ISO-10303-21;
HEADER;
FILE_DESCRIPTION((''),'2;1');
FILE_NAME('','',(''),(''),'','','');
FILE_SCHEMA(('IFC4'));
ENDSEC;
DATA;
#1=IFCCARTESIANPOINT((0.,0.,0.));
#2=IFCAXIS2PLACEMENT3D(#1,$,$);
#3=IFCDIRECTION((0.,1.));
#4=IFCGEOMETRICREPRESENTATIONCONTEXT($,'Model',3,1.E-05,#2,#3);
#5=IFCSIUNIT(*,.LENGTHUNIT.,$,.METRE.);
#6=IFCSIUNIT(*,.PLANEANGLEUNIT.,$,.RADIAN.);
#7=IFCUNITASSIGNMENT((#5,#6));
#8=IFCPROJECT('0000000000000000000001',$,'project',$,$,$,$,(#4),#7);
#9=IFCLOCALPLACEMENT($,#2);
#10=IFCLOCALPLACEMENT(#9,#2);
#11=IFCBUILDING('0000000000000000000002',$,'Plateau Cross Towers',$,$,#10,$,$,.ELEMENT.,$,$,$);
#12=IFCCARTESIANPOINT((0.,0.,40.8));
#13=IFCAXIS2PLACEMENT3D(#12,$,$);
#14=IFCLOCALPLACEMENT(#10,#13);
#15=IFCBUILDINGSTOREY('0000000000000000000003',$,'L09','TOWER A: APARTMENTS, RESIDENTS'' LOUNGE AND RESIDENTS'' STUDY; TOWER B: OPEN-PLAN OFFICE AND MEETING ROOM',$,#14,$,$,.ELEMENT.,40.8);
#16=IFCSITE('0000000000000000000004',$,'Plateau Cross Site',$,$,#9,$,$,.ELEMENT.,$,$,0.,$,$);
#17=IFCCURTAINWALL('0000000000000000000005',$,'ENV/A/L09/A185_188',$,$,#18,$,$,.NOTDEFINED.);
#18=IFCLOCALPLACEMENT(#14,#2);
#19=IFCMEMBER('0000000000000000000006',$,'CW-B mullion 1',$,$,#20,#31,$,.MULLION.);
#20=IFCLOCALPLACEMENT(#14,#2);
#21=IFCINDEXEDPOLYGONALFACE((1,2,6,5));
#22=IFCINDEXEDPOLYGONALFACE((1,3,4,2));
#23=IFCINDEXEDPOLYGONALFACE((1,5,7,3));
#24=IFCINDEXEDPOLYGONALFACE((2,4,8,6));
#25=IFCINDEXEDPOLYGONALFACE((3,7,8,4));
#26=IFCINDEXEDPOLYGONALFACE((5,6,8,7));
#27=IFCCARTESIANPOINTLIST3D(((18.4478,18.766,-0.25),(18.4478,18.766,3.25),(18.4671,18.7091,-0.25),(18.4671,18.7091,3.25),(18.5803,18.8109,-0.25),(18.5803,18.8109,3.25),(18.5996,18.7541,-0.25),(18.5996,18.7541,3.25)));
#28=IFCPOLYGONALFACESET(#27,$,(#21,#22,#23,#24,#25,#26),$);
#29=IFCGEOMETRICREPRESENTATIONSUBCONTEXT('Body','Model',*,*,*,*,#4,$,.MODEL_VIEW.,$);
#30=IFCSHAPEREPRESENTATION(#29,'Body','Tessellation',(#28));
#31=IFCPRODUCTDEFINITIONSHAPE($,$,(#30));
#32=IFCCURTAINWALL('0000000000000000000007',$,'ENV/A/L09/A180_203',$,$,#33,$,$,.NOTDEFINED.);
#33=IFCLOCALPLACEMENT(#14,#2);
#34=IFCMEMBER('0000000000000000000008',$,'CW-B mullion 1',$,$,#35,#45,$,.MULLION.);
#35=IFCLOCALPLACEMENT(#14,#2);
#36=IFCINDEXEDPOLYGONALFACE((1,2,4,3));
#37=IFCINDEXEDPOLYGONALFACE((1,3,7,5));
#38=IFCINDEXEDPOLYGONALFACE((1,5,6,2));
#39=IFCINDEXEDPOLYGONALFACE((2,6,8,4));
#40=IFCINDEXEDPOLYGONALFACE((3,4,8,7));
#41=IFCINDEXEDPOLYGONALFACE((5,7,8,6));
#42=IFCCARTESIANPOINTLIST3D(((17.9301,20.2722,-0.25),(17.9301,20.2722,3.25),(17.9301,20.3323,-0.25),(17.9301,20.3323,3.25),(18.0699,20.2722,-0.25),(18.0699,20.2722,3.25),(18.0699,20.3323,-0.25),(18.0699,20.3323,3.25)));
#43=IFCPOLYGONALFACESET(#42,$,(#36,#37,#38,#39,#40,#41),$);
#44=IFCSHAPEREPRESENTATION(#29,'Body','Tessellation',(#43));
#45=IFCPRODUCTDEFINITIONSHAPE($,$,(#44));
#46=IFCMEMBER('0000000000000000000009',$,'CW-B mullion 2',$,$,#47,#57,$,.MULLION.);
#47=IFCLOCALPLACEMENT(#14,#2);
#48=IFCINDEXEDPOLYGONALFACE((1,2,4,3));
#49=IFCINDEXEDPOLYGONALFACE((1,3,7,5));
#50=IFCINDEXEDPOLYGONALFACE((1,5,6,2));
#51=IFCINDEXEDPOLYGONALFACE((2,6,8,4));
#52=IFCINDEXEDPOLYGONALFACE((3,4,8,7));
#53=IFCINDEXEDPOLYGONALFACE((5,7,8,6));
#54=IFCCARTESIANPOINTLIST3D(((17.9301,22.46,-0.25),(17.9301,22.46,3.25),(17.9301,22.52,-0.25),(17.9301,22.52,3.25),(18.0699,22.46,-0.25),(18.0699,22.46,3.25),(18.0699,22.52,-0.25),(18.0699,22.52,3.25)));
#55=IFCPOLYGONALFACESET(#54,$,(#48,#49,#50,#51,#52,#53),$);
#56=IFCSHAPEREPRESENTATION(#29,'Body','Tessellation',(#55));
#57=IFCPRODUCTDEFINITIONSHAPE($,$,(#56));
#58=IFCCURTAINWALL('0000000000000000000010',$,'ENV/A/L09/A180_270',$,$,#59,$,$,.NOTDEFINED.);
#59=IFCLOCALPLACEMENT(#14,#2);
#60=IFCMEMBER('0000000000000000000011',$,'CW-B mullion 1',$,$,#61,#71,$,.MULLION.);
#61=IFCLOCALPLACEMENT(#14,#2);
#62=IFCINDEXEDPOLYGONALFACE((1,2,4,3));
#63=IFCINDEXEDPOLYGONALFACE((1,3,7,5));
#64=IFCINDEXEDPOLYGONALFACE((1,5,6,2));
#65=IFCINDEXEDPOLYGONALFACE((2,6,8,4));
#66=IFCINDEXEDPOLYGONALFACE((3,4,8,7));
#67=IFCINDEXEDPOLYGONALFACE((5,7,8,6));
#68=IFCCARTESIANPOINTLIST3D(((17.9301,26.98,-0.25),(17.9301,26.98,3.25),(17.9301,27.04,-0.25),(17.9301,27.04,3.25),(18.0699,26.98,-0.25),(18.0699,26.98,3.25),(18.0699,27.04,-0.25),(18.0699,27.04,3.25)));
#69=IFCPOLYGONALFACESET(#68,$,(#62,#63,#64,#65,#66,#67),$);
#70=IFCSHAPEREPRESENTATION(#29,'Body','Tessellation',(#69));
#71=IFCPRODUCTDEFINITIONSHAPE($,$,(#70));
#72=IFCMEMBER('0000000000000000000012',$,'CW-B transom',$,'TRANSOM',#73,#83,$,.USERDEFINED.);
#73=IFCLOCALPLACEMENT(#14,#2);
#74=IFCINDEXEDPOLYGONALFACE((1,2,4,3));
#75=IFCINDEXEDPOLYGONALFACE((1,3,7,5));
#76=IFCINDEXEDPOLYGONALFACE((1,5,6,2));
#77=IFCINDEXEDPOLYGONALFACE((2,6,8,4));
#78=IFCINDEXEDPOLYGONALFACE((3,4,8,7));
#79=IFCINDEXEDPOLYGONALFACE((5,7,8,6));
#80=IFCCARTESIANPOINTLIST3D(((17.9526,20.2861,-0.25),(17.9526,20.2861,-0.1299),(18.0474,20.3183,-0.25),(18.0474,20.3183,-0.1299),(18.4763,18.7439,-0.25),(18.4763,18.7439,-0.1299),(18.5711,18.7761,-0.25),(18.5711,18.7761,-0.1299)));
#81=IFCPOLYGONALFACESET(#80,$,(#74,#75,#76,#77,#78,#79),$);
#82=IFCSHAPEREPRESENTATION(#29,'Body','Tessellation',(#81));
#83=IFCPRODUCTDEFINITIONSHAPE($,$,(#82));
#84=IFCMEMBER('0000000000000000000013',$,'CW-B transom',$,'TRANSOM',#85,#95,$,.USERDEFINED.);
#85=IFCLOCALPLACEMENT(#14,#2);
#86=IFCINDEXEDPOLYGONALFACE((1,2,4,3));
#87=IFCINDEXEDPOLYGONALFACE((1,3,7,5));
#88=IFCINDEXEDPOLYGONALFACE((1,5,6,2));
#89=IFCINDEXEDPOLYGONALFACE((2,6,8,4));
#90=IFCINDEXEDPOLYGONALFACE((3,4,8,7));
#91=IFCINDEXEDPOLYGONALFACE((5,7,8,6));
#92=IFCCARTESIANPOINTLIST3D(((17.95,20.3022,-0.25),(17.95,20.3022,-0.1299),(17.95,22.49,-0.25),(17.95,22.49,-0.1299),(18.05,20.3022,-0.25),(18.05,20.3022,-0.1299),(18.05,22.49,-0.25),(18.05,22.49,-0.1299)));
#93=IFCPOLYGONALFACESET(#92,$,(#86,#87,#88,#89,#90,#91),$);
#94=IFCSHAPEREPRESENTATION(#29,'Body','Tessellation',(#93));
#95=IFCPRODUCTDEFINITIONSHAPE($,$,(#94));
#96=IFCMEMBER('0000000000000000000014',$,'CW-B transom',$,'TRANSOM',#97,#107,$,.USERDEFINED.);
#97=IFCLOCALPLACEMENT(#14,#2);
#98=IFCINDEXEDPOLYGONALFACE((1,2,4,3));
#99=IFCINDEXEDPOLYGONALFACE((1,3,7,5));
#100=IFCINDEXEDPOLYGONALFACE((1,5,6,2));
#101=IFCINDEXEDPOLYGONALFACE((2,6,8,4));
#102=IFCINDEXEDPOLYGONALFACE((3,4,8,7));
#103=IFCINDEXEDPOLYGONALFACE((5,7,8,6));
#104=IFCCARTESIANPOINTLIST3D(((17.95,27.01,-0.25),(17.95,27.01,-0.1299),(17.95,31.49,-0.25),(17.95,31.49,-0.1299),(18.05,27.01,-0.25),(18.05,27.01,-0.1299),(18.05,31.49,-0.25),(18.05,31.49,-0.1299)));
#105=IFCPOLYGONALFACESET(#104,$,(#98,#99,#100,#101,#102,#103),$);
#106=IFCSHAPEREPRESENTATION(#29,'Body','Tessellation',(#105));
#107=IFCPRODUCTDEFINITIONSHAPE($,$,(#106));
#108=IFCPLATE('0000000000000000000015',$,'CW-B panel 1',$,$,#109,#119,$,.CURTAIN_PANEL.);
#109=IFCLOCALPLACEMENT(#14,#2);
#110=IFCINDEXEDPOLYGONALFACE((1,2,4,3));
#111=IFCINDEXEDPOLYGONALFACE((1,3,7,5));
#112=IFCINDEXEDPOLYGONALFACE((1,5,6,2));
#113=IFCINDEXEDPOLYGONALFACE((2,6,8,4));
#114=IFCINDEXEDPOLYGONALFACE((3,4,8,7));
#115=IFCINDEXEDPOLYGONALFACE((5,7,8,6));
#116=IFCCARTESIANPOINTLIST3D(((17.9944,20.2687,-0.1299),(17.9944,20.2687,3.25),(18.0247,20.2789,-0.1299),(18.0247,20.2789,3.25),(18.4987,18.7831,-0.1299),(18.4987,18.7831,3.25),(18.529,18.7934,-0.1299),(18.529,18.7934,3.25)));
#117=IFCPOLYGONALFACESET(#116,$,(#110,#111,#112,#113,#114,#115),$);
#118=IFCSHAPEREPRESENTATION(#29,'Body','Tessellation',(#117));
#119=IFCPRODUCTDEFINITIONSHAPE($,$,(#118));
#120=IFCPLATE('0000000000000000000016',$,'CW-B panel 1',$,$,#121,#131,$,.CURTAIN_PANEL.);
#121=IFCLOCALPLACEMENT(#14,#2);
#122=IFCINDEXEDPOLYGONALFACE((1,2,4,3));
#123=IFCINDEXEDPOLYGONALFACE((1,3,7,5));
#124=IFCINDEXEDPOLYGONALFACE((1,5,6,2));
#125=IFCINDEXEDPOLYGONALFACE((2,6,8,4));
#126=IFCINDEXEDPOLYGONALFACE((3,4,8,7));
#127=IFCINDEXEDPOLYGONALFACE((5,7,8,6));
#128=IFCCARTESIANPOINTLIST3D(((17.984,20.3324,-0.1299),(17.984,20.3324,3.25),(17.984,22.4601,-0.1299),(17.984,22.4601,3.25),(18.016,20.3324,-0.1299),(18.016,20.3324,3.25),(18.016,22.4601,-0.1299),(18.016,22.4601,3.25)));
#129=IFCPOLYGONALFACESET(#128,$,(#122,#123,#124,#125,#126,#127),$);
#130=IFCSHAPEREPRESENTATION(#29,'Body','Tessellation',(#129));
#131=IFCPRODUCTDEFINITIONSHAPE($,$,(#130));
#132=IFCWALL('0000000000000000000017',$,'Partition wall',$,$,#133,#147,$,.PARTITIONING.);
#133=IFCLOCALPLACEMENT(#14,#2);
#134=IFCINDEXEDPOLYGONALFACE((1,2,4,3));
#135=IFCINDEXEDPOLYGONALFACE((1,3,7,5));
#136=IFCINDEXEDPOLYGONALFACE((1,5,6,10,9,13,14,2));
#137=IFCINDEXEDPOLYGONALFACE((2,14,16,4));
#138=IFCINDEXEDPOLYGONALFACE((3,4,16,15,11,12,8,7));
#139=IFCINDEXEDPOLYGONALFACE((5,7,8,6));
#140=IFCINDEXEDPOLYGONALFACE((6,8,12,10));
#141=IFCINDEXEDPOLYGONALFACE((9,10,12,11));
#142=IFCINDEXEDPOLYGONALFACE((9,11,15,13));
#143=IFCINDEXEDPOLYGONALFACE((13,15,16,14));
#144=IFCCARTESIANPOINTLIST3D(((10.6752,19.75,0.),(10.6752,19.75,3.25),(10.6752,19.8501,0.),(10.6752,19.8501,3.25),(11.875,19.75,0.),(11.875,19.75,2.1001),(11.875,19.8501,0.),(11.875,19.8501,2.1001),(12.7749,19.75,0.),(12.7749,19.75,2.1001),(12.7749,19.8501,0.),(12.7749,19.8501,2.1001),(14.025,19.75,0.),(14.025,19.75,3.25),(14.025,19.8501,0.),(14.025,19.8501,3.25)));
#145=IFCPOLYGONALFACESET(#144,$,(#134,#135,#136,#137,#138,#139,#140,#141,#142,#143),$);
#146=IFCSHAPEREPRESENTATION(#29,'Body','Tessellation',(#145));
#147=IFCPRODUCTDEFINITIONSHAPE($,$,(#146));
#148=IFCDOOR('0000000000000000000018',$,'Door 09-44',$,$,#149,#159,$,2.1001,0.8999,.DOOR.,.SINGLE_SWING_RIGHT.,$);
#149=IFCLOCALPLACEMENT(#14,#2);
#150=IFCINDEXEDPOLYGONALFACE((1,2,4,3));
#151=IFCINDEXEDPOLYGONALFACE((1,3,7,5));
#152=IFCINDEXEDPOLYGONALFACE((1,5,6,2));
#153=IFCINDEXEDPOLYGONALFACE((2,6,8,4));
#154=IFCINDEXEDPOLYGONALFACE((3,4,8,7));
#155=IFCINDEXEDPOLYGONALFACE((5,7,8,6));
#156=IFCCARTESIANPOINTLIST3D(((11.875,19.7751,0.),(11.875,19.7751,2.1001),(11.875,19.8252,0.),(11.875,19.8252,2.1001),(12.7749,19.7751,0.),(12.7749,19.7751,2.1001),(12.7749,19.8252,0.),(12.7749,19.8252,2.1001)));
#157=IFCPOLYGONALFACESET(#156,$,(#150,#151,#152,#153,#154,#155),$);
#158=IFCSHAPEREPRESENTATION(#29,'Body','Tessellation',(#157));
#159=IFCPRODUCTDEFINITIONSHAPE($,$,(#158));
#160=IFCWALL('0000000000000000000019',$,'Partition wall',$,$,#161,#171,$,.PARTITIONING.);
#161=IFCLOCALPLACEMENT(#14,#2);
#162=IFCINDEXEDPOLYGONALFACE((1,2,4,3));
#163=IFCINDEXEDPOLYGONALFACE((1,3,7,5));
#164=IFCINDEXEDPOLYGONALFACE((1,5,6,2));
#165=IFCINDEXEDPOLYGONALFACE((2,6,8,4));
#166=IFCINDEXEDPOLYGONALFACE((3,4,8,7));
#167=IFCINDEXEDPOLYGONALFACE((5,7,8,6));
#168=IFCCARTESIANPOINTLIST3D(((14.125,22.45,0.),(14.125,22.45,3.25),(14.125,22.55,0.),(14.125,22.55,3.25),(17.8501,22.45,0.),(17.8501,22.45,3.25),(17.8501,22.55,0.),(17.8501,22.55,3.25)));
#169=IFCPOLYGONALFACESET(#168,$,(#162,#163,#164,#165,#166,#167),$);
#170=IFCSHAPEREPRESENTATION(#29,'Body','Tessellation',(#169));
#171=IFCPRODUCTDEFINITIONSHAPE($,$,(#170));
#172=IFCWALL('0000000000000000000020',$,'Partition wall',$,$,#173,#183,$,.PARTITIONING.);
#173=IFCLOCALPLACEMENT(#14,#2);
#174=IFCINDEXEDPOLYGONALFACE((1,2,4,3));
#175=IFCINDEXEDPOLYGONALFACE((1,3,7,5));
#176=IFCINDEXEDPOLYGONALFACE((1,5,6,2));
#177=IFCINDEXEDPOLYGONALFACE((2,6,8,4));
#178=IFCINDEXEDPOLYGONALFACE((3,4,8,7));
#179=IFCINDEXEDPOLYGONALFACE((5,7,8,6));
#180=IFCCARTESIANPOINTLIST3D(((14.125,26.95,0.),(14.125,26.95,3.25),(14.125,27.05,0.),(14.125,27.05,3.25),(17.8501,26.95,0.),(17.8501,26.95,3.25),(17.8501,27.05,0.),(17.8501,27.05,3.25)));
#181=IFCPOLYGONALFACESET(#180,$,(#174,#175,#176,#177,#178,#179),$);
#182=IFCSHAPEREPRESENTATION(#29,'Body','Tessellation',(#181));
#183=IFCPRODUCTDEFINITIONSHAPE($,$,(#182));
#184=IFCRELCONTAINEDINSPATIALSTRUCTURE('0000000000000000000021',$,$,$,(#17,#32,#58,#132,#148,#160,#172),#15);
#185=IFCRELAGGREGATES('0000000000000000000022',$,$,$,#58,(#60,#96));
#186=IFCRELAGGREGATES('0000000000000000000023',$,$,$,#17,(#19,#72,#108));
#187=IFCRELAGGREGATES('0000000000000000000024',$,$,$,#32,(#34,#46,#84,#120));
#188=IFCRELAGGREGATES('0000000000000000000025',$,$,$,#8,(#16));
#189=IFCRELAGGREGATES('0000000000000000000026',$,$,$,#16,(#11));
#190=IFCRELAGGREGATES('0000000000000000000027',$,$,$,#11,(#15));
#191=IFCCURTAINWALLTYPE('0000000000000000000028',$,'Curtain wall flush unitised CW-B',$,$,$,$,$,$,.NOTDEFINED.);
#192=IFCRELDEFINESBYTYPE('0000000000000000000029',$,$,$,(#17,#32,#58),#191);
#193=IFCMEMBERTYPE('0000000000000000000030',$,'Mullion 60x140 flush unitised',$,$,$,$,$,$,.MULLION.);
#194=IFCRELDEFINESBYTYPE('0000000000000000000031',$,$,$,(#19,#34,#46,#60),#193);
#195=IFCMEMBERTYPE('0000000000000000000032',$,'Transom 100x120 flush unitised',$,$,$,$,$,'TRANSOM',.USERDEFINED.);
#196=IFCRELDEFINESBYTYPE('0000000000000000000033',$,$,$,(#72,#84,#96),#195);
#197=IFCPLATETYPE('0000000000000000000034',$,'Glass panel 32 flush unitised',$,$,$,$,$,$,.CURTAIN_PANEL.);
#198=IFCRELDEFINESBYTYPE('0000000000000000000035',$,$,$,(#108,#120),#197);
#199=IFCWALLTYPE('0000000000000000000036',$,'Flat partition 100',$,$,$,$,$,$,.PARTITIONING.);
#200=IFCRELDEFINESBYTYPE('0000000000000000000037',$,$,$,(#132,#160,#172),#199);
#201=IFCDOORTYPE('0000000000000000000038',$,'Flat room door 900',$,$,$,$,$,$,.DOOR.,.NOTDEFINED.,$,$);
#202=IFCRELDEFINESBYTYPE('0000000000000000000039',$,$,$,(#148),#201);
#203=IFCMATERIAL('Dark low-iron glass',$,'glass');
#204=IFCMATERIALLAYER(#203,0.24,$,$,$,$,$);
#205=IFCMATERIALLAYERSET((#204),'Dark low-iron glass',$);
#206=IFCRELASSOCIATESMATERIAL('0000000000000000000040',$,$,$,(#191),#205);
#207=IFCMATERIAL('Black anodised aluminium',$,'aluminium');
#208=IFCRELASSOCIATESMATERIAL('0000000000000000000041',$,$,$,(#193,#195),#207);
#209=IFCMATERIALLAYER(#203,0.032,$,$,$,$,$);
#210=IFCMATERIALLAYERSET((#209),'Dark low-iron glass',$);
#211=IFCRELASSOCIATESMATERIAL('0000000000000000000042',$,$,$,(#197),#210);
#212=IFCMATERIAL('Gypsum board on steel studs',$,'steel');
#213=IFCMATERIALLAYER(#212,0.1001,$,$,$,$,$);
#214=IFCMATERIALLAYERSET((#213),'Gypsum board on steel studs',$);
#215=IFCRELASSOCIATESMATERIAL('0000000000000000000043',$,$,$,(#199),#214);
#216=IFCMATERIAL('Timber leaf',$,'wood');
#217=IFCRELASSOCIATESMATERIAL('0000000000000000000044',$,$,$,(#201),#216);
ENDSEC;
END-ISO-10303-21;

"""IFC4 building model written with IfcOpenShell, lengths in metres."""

from ifc_helpers import new_model, si_unit, direction, frame, frame_2d, origin, origin_2d, place, context, subcontext, project, spatial, rectangle, extrude, material, layer, layer_set, material_profile, profile_set, type_object, element, fill, aggregate, save


model = new_model("IFC4")

# Units and contexts
model_context = context("Model", 3, precision=1e-05, world=origin(), true_north=direction((0.0, 1.0)))
body_context = subcontext(model_context, "Body", "Model", "MODEL_VIEW")
ifc_project = project(units=[si_unit("LENGTHUNIT", "METRE"), si_unit("PLANEANGLEUNIT", "RADIAN")], contexts=[model_context])

# Site, building, storey
site_placement = place(None, origin())
site = spatial("IfcSite", under=ifc_project, at=site_placement, Name="Plateau Cross Site", CompositionType="ELEMENT", RefElevation=0.0)
building_placement = place(site_placement, origin())
building = spatial("IfcBuilding", under=site, at=building_placement, Name="Plateau Cross Towers", CompositionType="ELEMENT")
storey_placement = place(building_placement, frame((0.0, 0.0, 40.8)))
storey = spatial("IfcBuildingStorey", under=building, at=storey_placement, Name="L09", Description="TOWER A: APARTMENTS, RESIDENTS' LOUNGE AND RESIDENTS' STUDY; TOWER B: OPEN-PLAN OFFICE AND MEETING ROOM", CompositionType="ELEMENT", Elevation=40.8)

# Curtain wall, member
ifc_material_1 = material(Name="Dark low-iron glass", Category="glass")
ifc_layer_1 = layer(ifc_material_1, 0.24)
ifc_layer_set_1 = layer_set([ifc_layer_1], Name="Dark low-iron glass")
curtain_wall_type = type_object("IfcCurtainWallType", Name="Curtain wall flush unitised CW-B", PredefinedType="NOTDEFINED", material=ifc_layer_set_1)
curtain_wall_1_placement = place(storey_placement, origin())
curtain_wall_1 = element("IfcCurtainWall", 1, at=curtain_wall_1_placement, inside=storey, type_object=curtain_wall_type, Name="ENV/A/L09/A185_188", PredefinedType="NOTDEFINED")
ifc_material_2 = material(Name="Black anodised aluminium", Category="aluminium")
ifc_material_profile_1 = material_profile(ifc_material_2, rectangle(XDim=0.0601, YDim=0.1399, at=origin_2d()), Name="MULLION 60x140")
ifc_profile_set_1 = profile_set([ifc_material_profile_1], Name="Black anodised aluminium")
member_type_1 = type_object("IfcMemberType", Name="Mullion 60x140 flush unitised", PredefinedType="MULLION", material=ifc_profile_set_1)
member_1_placement = place(storey_placement, frame((18.5237, 18.76, -0.25), z_axis=(0.0, 0.0, 1.0), x_axis=(-0.321469, 0.94692, 0.0)))
member_1 = element("IfcMember", 2, at=member_1_placement, type_object=member_type_1, Name="CW-B mullion 1", PredefinedType="MULLION", context=body_context, shape_type="SweptSolid", body=[
    extrude(rectangle(XDim=0.0601, YDim=0.1399, at=origin_2d()), origin(), (0.0, 0.0, 1.0), 3.5),
])

# Curtain wall, members
curtain_wall_2_placement = place(storey_placement, origin())
curtain_wall_2 = element("IfcCurtainWall", 3, at=curtain_wall_2_placement, inside=storey, type_object=curtain_wall_type, Name="ENV/A/L09/A180_203", PredefinedType="NOTDEFINED")
member_2_placement = place(storey_placement, frame((18.0, 20.3022, -0.25), z_axis=(0.0, 0.0, 1.0), x_axis=(0.0, 1.0, 0.0)))
member_2 = element("IfcMember", 4, at=member_2_placement, type_object=member_type_1, Name="CW-B mullion 1", PredefinedType="MULLION", context=body_context, shape_type="SweptSolid", body=[
    extrude(rectangle(XDim=0.0601, YDim=0.1399, at=origin_2d()), origin(), (0.0, 0.0, 1.0), 3.5),
])
member_3_placement = place(storey_placement, frame((18.0, 22.49, -0.25), z_axis=(0.0, 0.0, 1.0), x_axis=(0.0, 1.0, 0.0)))
member_3 = element("IfcMember", 5, at=member_3_placement, type_object=member_type_1, Name="CW-B mullion 2", PredefinedType="MULLION", context=body_context, shape_type="SweptSolid", body=[
    extrude(rectangle(XDim=0.0601, YDim=0.1399, at=origin_2d()), origin(), (0.0, 0.0, 1.0), 3.5),
])

# Curtain wall, member
curtain_wall_3_placement = place(storey_placement, origin())
curtain_wall_3 = element("IfcCurtainWall", 6, at=curtain_wall_3_placement, inside=storey, type_object=curtain_wall_type, Name="ENV/A/L09/A180_270", PredefinedType="NOTDEFINED")
member_4_placement = place(storey_placement, frame((18.0, 27.01, -0.25), z_axis=(0.0, 0.0, 1.0), x_axis=(0.0, 1.0, 0.0)))
member_4 = element("IfcMember", 7, at=member_4_placement, type_object=member_type_1, Name="CW-B mullion 1", PredefinedType="MULLION", context=body_context, shape_type="SweptSolid", body=[
    extrude(rectangle(XDim=0.0601, YDim=0.1399, at=origin_2d()), origin(), (0.0, 0.0, 1.0), 3.5),
])

# Members
ifc_material_profile_2 = material_profile(ifc_material_2, rectangle(XDim=0.1001, YDim=0.1201, at=origin_2d()), Name="TRANSOM 100x120")
ifc_profile_set_2 = profile_set([ifc_material_profile_2], Name="Black anodised aluminium")
member_type_2 = type_object("IfcMemberType", Name="Transom 100x120 flush unitised", ElementType="TRANSOM", PredefinedType="USERDEFINED", material=ifc_profile_set_2)
member_5_placement = place(storey_placement, frame((18.5237, 18.76, -0.1899), z_axis=(-0.321529, 0.9469, 0.0), x_axis=(-0.9469, -0.321529, 0.0)))
member_5 = element("IfcMember", 8, at=member_5_placement, type_object=member_type_2, Name="CW-B transom", ObjectType="TRANSOM", PredefinedType="USERDEFINED", context=body_context, shape_type="SweptSolid", body=[
    extrude(rectangle(XDim=0.1001, YDim=0.1201, at=origin_2d()), origin(), (0.0, 0.0, 1.0), 1.6287),
])
member_6_placement = place(storey_placement, frame((18.0, 20.3022, -0.1899), z_axis=(0.0, 1.0, 0.0), x_axis=(-1.0, 0.0, 0.0)))
member_6 = element("IfcMember", 9, at=member_6_placement, type_object=member_type_2, Name="CW-B transom", ObjectType="TRANSOM", PredefinedType="USERDEFINED", context=body_context, shape_type="SweptSolid", body=[
    extrude(rectangle(XDim=0.1001, YDim=0.1201, at=origin_2d()), origin(), (0.0, 0.0, 1.0), 2.1877),
])
member_7_placement = place(storey_placement, frame((18.0, 27.01, -0.1899), z_axis=(0.0, 1.0, 0.0), x_axis=(-1.0, 0.0, 0.0)))
member_7 = element("IfcMember", 10, at=member_7_placement, type_object=member_type_2, Name="CW-B transom", ObjectType="TRANSOM", PredefinedType="USERDEFINED", context=body_context, shape_type="SweptSolid", body=[
    extrude(rectangle(XDim=0.1001, YDim=0.1201, at=origin_2d()), origin(), (0.0, 0.0, 1.0), 4.48),
])
aggregate(curtain_wall_3, [member_4, member_7])

# Plates
ifc_layer_2 = layer(ifc_material_1, 0.032)
ifc_layer_set_2 = layer_set([ifc_layer_2], Name="Dark low-iron glass")
plate_type = type_object("IfcPlateType", Name="Glass panel 32 flush unitised", PredefinedType="CURTAIN_PANEL", material=ifc_layer_set_2)
plate_1_placement = place(storey_placement, frame((18.2617, 19.531, -0.1299), z_axis=(0.0, 0.0, 1.0), x_axis=(-0.321469, 0.94692, 0.0)))
plate_1 = element("IfcPlate", 11, at=plate_1_placement, type_object=plate_type, Name="CW-B panel 1", PredefinedType="CURTAIN_PANEL", context=body_context, shape_type="SweptSolid", body=[
    extrude(rectangle(XDim=1.5688, YDim=0.032, at=origin_2d()), origin(), (0.0, 0.0, 1.0), 3.3799),
])
aggregate(curtain_wall_1, [member_1, member_5, plate_1])
plate_2_placement = place(storey_placement, frame((18.0, 21.3962, -0.1299), z_axis=(0.0, 0.0, 1.0), x_axis=(0.0, 1.0, 0.0)))
plate_2 = element("IfcPlate", 12, at=plate_2_placement, type_object=plate_type, Name="CW-B panel 1", PredefinedType="CURTAIN_PANEL", context=body_context, shape_type="SweptSolid", body=[
    extrude(rectangle(XDim=2.1277, YDim=0.032, at=origin_2d()), origin(), (0.0, 0.0, 1.0), 3.3799),
])
aggregate(curtain_wall_2, [member_2, member_3, member_6, plate_2])

# Wall, opening, door
ifc_material_3 = material(Name="Gypsum board on steel studs", Category="steel")
ifc_layer_3 = layer(ifc_material_3, 0.1001)
ifc_layer_set_3 = layer_set([ifc_layer_3], Name="Gypsum board on steel studs")
wall_type_1 = type_object("IfcWallType", Name="Flat partition 100", PredefinedType="PARTITIONING", material=ifc_layer_set_3)
wall_1_placement = place(storey_placement, frame((14.0249, 19.8, 0.0), z_axis=(0.0, 0.0, 1.0), x_axis=(-1.0, 0.0, 0.0)))
wall_1 = element("IfcWall", 13, at=wall_1_placement, inside=storey, type_object=wall_type_1, Name="Partition wall", PredefinedType="PARTITIONING", context=body_context, shape_type="SweptSolid", body=[
    extrude(rectangle(XDim=3.3499, YDim=0.1001, at=frame_2d((1.6748, 0.0))), origin(), (0.0, 0.0, 1.0), 3.25),
])
opening_1_placement = place(wall_1_placement, frame((1.25, 0.0, 0.0)))
opening_1 = element("IfcOpeningElement", 14, at=opening_1_placement, cuts=wall_1, PredefinedType="OPENING", context=body_context, shape_type="SweptSolid", body=[
    extrude(rectangle(XDim=0.8999, YDim=2.1001, at=frame_2d((0.45, 1.05))), frame((0.0, 0.0601, 0.0), z_axis=(0.0, -1.0, 0.0), x_axis=(1.0, 0.0, 0.0)), (0.0, 0.0, 1.0), 0.1201),
])
ifc_material_4 = material(Name="Timber leaf", Category="wood")
door_type_1 = type_object("IfcDoorType", Name="Flat room door 900", OperationType="NOTDEFINED", PredefinedType="DOOR", material=ifc_material_4)
door_1_placement = place(opening_1_placement, origin())
door_1 = element("IfcDoor", 15, at=door_1_placement, inside=storey, type_object=door_type_1, Name="Door 09-44", OperationType="SINGLE_SWING_RIGHT", OverallHeight=2.1001, OverallWidth=0.8999, PredefinedType="DOOR", context=body_context, shape_type="SweptSolid", body=[
    extrude(rectangle(XDim=0.8999, YDim=2.1001, at=frame_2d((0.45, 1.05))), frame((0.0, 0.0249, 0.0), z_axis=(0.0, -1.0, 0.0), x_axis=(1.0, 0.0, 0.0)), (0.0, 0.0, 1.0), 0.05),
])
fill(opening_1, door_1)

# Walls
for number, where, z_axis, x_axis, name in (
    (16, (17.8501, 22.5, 0.0), (0.0, 0.0, 1.0), (-1.0, 0.0, 0.0), "Partition wall"),
    (17, (17.8501, 27.0, 0.0), (0.0, 0.0, 1.0), (-1.0, 0.0, 0.0), "Partition wall"),
):
    element("IfcWall", number, at=place(storey_placement, frame(where, z_axis=z_axis, x_axis=x_axis)), inside=storey, type_object=wall_type_1, Name=name, PredefinedType="PARTITIONING", context=body_context, shape_type="SweptSolid", body=[
        extrude(rectangle(XDim=3.7251, YDim=0.1001, at=frame_2d((1.8625, 0.0))), origin(), (0.0, 0.0, 1.0), 3.25),
    ])

save(model, "model.ifc")
